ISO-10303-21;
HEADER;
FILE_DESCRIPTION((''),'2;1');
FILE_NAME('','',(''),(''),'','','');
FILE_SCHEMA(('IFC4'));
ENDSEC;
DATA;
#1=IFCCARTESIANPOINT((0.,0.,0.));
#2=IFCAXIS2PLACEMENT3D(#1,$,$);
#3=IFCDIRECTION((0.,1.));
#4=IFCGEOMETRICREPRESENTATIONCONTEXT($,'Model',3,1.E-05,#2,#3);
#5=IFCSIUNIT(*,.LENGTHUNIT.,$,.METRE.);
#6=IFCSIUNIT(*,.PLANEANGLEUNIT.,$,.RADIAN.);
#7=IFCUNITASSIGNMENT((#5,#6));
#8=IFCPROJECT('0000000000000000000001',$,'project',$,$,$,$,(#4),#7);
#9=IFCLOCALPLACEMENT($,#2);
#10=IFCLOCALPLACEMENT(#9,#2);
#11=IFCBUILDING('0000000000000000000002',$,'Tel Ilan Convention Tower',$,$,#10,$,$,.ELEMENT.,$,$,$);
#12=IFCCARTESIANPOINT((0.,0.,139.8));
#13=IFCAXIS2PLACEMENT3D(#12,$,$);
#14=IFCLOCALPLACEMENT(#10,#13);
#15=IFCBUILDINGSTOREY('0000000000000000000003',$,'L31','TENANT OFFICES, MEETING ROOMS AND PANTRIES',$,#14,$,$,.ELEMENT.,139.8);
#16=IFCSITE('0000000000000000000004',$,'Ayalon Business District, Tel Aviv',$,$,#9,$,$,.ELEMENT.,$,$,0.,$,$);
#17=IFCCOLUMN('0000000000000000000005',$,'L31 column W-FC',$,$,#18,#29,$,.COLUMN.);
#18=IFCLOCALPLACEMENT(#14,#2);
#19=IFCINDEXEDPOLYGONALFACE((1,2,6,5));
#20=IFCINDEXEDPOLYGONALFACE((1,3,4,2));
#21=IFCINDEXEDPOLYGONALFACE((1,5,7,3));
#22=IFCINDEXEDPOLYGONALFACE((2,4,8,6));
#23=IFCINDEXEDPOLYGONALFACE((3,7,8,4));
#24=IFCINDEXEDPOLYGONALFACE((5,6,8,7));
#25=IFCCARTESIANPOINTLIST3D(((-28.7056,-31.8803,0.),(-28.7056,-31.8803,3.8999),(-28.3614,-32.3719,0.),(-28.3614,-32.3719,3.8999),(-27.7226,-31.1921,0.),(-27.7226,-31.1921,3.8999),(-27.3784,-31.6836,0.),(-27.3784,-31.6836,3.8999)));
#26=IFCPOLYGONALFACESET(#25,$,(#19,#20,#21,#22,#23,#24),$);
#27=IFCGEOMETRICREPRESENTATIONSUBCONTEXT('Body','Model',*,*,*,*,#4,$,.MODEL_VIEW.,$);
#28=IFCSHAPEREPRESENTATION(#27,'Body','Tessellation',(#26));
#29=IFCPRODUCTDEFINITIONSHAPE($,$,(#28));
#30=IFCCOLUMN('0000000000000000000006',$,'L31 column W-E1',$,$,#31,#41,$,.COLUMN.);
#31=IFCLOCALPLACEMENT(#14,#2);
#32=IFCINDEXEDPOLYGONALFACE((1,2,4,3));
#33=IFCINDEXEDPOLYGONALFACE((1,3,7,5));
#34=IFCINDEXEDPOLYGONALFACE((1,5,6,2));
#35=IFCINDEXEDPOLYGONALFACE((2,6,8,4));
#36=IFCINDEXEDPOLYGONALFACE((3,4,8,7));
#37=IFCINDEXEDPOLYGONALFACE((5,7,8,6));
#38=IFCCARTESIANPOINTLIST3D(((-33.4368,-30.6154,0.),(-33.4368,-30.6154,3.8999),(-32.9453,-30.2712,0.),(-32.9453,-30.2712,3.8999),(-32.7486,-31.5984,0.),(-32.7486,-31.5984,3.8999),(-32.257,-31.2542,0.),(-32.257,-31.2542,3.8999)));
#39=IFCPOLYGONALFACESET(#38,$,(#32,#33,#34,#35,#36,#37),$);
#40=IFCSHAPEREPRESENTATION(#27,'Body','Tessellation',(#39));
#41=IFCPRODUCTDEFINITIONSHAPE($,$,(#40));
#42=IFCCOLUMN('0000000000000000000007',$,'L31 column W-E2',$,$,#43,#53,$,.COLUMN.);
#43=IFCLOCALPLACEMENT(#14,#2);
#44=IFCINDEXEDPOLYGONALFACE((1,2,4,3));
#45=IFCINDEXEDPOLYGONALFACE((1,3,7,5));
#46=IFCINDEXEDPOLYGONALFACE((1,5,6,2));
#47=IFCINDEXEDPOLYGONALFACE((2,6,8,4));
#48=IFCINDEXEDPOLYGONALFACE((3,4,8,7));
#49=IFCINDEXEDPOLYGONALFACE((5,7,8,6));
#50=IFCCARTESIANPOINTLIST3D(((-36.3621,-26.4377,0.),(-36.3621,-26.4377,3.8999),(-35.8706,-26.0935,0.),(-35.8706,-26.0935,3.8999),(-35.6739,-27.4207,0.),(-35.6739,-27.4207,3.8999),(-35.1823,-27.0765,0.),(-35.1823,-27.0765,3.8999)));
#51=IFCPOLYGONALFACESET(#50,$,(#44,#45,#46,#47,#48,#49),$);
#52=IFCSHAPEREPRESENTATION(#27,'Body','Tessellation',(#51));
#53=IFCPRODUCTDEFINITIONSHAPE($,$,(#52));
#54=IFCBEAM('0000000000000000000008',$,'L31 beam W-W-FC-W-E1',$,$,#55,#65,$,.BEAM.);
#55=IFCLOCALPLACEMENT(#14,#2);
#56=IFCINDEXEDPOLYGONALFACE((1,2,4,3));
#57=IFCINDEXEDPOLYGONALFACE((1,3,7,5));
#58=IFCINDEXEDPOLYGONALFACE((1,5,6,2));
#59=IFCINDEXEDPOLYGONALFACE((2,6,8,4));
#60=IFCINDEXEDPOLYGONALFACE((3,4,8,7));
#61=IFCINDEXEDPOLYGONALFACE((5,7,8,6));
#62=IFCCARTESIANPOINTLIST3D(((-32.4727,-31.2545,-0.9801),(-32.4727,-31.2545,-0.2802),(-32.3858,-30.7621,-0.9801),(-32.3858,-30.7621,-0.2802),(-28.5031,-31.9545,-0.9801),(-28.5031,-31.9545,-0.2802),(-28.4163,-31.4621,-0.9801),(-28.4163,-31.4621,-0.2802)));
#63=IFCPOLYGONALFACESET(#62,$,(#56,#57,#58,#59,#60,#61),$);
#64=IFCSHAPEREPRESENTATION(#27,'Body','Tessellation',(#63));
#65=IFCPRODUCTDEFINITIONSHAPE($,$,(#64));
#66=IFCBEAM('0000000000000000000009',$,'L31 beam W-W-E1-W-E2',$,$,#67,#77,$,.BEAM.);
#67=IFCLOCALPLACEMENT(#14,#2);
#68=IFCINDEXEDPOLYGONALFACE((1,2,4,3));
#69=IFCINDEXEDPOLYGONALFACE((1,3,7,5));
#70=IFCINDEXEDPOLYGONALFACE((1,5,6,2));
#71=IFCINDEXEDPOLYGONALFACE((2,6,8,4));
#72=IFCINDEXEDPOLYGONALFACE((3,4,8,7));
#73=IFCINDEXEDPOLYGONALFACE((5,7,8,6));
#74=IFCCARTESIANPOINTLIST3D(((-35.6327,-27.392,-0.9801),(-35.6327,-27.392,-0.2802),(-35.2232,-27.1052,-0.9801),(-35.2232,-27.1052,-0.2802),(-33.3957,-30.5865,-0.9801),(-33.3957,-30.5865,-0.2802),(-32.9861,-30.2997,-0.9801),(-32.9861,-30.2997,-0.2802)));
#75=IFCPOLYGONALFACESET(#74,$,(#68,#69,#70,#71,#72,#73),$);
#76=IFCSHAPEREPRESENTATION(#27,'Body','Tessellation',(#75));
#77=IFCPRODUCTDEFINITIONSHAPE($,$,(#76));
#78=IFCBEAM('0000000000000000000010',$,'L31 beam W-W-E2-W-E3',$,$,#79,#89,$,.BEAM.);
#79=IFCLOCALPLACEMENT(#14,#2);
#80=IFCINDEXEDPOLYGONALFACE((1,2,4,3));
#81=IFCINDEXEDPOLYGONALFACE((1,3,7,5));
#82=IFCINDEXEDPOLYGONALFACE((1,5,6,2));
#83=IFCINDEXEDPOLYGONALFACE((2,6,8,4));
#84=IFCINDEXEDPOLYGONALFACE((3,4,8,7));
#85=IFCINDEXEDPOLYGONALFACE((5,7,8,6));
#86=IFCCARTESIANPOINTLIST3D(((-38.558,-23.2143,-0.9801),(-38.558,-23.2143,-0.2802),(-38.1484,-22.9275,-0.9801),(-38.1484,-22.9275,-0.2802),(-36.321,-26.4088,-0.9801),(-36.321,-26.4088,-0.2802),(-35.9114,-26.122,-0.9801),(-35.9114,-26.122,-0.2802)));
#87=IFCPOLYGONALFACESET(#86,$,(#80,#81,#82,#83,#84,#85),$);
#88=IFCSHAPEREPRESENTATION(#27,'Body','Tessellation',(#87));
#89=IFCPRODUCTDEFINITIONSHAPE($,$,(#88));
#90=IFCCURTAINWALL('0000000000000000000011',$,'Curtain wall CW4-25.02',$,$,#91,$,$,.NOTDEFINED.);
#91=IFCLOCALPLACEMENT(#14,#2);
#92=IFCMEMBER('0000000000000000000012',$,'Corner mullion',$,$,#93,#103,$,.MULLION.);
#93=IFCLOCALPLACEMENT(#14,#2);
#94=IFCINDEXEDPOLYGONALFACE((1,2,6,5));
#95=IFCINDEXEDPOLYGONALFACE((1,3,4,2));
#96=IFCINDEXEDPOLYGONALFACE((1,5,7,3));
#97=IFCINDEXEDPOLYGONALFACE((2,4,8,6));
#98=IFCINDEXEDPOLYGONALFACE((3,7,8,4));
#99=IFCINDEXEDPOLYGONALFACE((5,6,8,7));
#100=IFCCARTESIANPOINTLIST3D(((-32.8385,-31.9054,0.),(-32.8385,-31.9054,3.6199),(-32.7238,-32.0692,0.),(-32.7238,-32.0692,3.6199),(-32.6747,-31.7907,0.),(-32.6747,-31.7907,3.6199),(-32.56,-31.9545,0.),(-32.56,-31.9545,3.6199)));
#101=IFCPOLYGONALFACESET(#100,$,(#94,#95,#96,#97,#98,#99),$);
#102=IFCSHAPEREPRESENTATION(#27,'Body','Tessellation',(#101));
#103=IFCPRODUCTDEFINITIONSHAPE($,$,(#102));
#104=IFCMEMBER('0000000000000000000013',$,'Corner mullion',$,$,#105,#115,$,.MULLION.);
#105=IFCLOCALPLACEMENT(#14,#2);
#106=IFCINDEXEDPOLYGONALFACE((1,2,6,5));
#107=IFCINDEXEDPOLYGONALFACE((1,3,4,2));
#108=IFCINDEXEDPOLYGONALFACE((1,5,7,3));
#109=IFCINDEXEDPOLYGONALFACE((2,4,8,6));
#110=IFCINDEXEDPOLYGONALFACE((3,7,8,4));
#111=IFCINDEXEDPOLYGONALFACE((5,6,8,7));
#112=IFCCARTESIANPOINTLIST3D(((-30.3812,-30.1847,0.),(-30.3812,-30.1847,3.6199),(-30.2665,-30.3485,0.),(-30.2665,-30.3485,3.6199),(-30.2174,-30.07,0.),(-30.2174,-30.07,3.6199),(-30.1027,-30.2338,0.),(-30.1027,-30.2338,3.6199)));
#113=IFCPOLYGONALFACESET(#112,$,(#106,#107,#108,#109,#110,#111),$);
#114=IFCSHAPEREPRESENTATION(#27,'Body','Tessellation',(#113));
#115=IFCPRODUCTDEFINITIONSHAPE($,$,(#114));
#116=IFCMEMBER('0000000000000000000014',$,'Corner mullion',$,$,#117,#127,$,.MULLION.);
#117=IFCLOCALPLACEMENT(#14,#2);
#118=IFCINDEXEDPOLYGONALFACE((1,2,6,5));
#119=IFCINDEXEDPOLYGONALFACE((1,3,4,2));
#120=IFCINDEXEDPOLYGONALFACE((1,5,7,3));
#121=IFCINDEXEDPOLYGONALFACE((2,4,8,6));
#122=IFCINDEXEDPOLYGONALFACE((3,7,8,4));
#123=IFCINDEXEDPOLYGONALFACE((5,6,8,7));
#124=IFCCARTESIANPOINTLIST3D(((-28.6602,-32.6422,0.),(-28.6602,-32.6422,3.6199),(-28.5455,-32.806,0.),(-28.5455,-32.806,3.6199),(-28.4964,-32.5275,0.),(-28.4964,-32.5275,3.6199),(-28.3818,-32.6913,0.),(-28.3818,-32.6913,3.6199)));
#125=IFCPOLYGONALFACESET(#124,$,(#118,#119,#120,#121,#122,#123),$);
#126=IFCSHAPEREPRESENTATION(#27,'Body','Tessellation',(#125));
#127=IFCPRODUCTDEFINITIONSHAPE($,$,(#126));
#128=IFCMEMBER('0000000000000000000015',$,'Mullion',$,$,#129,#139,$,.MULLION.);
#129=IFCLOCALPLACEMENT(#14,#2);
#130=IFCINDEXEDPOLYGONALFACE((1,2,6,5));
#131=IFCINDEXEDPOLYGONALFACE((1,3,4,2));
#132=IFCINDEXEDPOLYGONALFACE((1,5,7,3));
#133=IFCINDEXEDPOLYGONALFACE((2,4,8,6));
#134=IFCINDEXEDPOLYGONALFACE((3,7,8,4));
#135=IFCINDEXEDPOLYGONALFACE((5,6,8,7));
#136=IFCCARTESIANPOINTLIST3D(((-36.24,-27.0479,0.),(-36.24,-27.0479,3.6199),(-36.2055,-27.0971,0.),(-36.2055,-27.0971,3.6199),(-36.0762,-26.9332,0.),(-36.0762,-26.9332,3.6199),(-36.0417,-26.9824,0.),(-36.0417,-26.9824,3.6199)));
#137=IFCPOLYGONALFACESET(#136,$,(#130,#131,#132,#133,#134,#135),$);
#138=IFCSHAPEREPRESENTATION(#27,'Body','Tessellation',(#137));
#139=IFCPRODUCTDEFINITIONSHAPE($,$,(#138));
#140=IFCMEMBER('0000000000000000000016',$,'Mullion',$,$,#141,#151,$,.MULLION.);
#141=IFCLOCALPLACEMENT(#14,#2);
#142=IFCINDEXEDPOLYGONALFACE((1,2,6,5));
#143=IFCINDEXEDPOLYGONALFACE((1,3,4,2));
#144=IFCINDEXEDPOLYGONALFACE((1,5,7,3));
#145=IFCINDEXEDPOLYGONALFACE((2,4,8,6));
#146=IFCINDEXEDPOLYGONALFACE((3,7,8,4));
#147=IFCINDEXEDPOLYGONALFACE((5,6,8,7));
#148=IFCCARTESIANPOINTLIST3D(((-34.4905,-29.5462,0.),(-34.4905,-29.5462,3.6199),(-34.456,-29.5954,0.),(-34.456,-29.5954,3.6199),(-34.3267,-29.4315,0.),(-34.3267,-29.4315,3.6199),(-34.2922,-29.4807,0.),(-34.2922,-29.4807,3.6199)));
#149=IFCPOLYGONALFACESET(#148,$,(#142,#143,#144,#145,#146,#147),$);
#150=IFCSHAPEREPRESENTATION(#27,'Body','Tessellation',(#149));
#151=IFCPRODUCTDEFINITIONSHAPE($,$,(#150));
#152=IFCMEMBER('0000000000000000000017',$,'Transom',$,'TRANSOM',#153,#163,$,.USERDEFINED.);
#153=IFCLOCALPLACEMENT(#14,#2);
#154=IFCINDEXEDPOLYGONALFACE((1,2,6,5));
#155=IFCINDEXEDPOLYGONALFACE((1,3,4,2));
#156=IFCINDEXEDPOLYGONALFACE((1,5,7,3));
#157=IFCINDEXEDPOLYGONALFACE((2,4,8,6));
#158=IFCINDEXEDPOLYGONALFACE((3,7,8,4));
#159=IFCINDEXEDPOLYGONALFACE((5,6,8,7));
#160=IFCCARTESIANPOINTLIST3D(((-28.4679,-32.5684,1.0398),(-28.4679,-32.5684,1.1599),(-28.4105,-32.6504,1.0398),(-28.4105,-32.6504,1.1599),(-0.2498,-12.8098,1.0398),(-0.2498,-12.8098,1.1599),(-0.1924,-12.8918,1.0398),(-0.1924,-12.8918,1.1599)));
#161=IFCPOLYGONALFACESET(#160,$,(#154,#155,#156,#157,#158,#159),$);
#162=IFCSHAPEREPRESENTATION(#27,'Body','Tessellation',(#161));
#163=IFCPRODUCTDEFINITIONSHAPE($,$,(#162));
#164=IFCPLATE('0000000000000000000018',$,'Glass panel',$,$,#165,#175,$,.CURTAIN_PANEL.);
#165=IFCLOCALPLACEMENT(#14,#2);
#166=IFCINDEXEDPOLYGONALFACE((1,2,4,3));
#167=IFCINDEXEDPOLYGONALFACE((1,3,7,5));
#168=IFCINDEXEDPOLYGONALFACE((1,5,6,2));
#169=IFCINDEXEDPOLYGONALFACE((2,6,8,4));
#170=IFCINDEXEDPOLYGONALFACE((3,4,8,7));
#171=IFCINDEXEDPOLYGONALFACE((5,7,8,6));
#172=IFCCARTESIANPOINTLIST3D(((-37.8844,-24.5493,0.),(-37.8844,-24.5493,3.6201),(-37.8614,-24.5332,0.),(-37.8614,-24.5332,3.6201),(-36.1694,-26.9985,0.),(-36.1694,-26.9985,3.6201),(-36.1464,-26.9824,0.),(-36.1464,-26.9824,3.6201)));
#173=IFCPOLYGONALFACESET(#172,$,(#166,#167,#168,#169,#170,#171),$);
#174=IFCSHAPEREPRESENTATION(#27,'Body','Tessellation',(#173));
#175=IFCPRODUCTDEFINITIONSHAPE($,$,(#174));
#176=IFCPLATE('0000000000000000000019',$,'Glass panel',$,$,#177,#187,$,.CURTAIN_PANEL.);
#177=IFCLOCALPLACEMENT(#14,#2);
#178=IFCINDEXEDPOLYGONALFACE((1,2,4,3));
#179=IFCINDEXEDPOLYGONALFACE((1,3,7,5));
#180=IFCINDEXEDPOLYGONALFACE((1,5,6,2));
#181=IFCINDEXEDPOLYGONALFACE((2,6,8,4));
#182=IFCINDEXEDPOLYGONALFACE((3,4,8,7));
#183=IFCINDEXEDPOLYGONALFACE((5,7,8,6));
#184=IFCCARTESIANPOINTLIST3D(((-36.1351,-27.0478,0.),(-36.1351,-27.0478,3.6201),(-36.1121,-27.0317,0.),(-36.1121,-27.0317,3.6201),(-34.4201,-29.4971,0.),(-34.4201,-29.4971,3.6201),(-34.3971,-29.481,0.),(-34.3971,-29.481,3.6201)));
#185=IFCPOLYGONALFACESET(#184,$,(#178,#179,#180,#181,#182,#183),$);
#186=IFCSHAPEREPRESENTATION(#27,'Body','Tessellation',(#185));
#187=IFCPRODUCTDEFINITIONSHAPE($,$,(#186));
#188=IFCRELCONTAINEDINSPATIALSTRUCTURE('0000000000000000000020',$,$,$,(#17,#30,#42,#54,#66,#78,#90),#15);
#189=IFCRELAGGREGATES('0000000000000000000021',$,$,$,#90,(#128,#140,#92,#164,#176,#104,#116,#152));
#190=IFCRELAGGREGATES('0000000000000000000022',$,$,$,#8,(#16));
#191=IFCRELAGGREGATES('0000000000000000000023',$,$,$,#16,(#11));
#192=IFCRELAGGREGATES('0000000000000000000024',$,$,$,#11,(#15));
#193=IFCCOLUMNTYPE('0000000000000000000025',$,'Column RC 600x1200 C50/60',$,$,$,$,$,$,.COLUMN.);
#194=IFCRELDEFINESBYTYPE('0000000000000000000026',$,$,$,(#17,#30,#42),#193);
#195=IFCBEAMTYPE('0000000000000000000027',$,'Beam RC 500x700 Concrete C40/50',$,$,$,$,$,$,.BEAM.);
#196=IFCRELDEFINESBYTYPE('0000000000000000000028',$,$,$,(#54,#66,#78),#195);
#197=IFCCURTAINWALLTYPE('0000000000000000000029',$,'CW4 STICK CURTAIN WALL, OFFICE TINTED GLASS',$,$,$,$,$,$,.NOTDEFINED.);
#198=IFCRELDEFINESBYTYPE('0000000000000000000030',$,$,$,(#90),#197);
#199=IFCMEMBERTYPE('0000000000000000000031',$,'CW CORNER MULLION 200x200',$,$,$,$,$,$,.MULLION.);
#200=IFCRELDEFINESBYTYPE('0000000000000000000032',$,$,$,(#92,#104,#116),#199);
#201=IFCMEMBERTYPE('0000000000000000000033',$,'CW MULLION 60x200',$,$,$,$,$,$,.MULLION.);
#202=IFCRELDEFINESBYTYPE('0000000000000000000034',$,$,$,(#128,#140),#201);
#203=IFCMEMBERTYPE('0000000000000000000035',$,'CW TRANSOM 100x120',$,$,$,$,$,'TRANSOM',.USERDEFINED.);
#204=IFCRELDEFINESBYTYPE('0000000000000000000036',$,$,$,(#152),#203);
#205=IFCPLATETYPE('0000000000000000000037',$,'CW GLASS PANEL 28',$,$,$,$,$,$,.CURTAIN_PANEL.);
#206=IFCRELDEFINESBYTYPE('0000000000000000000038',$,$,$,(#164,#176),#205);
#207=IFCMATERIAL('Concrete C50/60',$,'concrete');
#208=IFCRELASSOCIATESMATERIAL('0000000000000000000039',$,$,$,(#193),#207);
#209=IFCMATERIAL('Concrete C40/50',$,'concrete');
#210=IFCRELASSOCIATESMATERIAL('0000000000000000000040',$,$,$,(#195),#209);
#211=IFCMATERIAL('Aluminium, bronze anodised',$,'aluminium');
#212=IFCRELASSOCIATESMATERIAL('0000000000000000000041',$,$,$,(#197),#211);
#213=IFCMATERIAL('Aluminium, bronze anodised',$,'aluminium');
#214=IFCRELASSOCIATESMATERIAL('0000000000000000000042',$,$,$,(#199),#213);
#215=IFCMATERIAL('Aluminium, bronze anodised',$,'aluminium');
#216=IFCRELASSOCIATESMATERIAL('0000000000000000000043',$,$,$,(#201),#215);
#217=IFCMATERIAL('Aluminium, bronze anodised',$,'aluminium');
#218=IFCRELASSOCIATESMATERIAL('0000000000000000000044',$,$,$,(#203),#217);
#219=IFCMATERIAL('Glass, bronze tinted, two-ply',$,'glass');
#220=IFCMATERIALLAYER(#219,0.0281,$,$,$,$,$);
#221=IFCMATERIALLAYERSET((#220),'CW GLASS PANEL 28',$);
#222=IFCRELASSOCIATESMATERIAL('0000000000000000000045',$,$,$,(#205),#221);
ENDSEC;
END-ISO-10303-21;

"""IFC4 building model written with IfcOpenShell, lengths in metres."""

from ifc_helpers import new_model, si_unit, direction, frame, origin, origin_2d, place, context, subcontext, project, spatial, rectangle, extrude, material, layer, layer_set, material_profile, profile_set, type_object, element, aggregate, save


model = new_model("IFC4")

# Units and contexts
model_context = context("Model", 3, precision=1e-05, world=origin(), true_north=direction((0.0, 1.0)))
body_context = subcontext(model_context, "Body", "Model", "MODEL_VIEW")
ifc_project = project(units=[si_unit("LENGTHUNIT", "METRE"), si_unit("PLANEANGLEUNIT", "RADIAN")], contexts=[model_context])

# Site, building, storey
site_placement = place(None, origin())
site = spatial("IfcSite", under=ifc_project, at=site_placement, Name="Ayalon Business District, Tel Aviv", CompositionType="ELEMENT", RefElevation=0.0)
building_placement = place(site_placement, origin())
building = spatial("IfcBuilding", under=site, at=building_placement, Name="Tel Ilan Convention Tower", CompositionType="ELEMENT")
storey_placement = place(building_placement, frame((0.0, 0.0, 139.8)))
storey = spatial("IfcBuildingStorey", under=building, at=storey_placement, Name="L31", Description="TENANT OFFICES, MEETING ROOMS AND PANTRIES", CompositionType="ELEMENT", Elevation=139.8)

# Columns
ifc_material_1 = material(Name="Concrete C50/60", Category="concrete")
ifc_material_profile_1 = material_profile(ifc_material_1, rectangle(XDim=1.2, YDim=0.6001, at=origin_2d()), Name="RC 600x1200")
ifc_profile_set_1 = profile_set([ifc_material_profile_1], Name="Concrete C50/60")
column_type = type_object("IfcColumnType", Name="Column RC 600x1200 C50/60", PredefinedType="COLUMN", material=ifc_profile_set_1)
for number, where, z_axis, x_axis, name in (
    (1, (-28.042, -31.782, 0.0), (0.0, 0.0, 1.0), (-0.819152, -0.573576, 0.0), "L31 column W-FC"),
    (2, (-32.8469, -30.9348, 0.0), (0.0, 0.0, 1.0), (-0.573576, 0.819152, 0.0), "L31 column W-E1"),
    (3, (-35.7722, -26.7571, 0.0), (0.0, 0.0, 1.0), (-0.573576, 0.819152, 0.0), "L31 column W-E2"),
):
    element("IfcColumn", number, at=place(storey_placement, frame(where, z_axis=z_axis, x_axis=x_axis)), inside=storey, type_object=column_type, Name=name, PredefinedType="COLUMN", context=body_context, shape_type="SweptSolid", body=[
        extrude(rectangle(XDim=1.2, YDim=0.6001, at=origin_2d()), origin(), (0.0, 0.0, 1.0), 3.8999),
    ])

# Beams
ifc_material_2 = material(Name="Concrete C40/50", Category="concrete")
ifc_material_profile_2 = material_profile(ifc_material_2, rectangle(XDim=0.5, YDim=0.7, at=origin_2d()), Name="RC 500x700")
ifc_profile_set_2 = profile_set([ifc_material_profile_2], Name="Concrete C40/50")
beam_type = type_object("IfcBeamType", Name="Beam RC 500x700 Concrete C40/50", PredefinedType="BEAM", material=ifc_profile_set_2)
beam_placement = place(storey_placement, frame((-28.4597, -31.7083, -0.6301), z_axis=(-0.984807, 0.173654, 0.0), x_axis=(-0.173654, -0.984807, 0.0)))
element("IfcBeam", 4, at=beam_placement, inside=storey, type_object=beam_type, Name="L31 beam W-W-FC-W-E1", PredefinedType="BEAM", context=body_context, shape_type="SweptSolid", body=[
    extrude(rectangle(XDim=0.5, YDim=0.7, at=origin_2d()), origin(), (0.0, 0.0, 1.0), 4.0308),
])
for number, where, z_axis, x_axis, name in (
    (5, (-33.1909, -30.4431, -0.6301), (-0.573609, 0.819129, 0.0), (-0.819129, -0.573609, 0.0), "L31 beam W-W-E1-W-E2"),
    (6, (-36.1162, -26.2654, -0.6301), (-0.573609, 0.819129, 0.0), (-0.819129, -0.573609, 0.0), "L31 beam W-W-E2-W-E3"),
):
    element("IfcBeam", number, at=place(storey_placement, frame(where, z_axis=z_axis, x_axis=x_axis)), inside=storey, type_object=beam_type, Name=name, PredefinedType="BEAM", context=body_context, shape_type="SweptSolid", body=[
        extrude(rectangle(XDim=0.5, YDim=0.7, at=origin_2d()), origin(), (0.0, 0.0, 1.0), 3.8999),
    ])

# Curtain wall, members, plates
ifc_material_3 = material(Name="Aluminium, bronze anodised", Category="aluminium")
curtain_wall_type = type_object("IfcCurtainWallType", Name="CW4 STICK CURTAIN WALL, OFFICE TINTED GLASS", PredefinedType="NOTDEFINED", material=ifc_material_3)
curtain_wall_placement = place(storey_placement, origin())
curtain_wall = element("IfcCurtainWall", 7, at=curtain_wall_placement, inside=storey, type_object=curtain_wall_type, Name="Curtain wall CW4-25.02", PredefinedType="NOTDEFINED")
ifc_material_4 = material(Name="Aluminium, bronze anodised", Category="aluminium")
ifc_material_profile_3 = material_profile(ifc_material_4, rectangle(XDim=0.2, YDim=0.2, at=origin_2d()), Name="CW CORNER MULLION 200x200")
ifc_profile_set_3 = profile_set([ifc_material_profile_3], Name="Aluminium, bronze anodised")
member_type_1 = type_object("IfcMemberType", Name="CW CORNER MULLION 200x200", PredefinedType="MULLION", material=ifc_profile_set_3)
member_1_placement = place(storey_placement, frame((-32.6992, -31.9299, 0.0), z_axis=(0.0, 0.0, 1.0), x_axis=(0.573576, -0.819152, 0.0)))
member_1 = element("IfcMember", 8, at=member_1_placement, type_object=member_type_1, Name="Corner mullion", PredefinedType="MULLION", context=body_context, shape_type="SweptSolid", body=[
    extrude(rectangle(XDim=0.2, YDim=0.2, at=origin_2d()), origin(), (0.0, 0.0, 1.0), 3.6199),
])
member_2_placement = place(storey_placement, frame((-30.2419, -30.2092, 0.0), z_axis=(0.0, 0.0, 1.0), x_axis=(0.819152, 0.573576, 0.0)))
member_2 = element("IfcMember", 9, at=member_2_placement, type_object=member_type_1, Name="Corner mullion", PredefinedType="MULLION", context=body_context, shape_type="SweptSolid", body=[
    extrude(rectangle(XDim=0.2, YDim=0.2, at=origin_2d()), origin(), (0.0, 0.0, 1.0), 3.6199),
])
member_3_placement = place(storey_placement, frame((-28.521, -32.6667, 0.0), z_axis=(0.0, 0.0, 1.0), x_axis=(0.573576, -0.819152, 0.0)))
member_3 = element("IfcMember", 10, at=member_3_placement, type_object=member_type_1, Name="Corner mullion", PredefinedType="MULLION", context=body_context, shape_type="SweptSolid", body=[
    extrude(rectangle(XDim=0.2, YDim=0.2, at=origin_2d()), origin(), (0.0, 0.0, 1.0), 3.6199),
])
ifc_material_5 = material(Name="Aluminium, bronze anodised", Category="aluminium")
ifc_material_profile_4 = material_profile(ifc_material_5, rectangle(XDim=0.0601, YDim=0.2, at=origin_2d()), Name="CW MULLION 60x200")
ifc_profile_set_4 = profile_set([ifc_material_profile_4], Name="Aluminium, bronze anodised")
member_type_2 = type_object("IfcMemberType", Name="CW MULLION 60x200", PredefinedType="MULLION", material=ifc_profile_set_4)
member_4_placement = place(storey_placement, frame((-36.1409, -27.0151, 0.0), z_axis=(0.0, 0.0, 1.0), x_axis=(0.573576, -0.819152, 0.0)))
member_4 = element("IfcMember", 11, at=member_4_placement, type_object=member_type_2, Name="Mullion", PredefinedType="MULLION", context=body_context, shape_type="SweptSolid", body=[
    extrude(rectangle(XDim=0.0601, YDim=0.2, at=origin_2d()), origin(), (0.0, 0.0, 1.0), 3.6199),
])
member_5_placement = place(storey_placement, frame((-34.3914, -29.5134, 0.0), z_axis=(0.0, 0.0, 1.0), x_axis=(0.573576, -0.819152, 0.0)))
member_5 = element("IfcMember", 12, at=member_5_placement, type_object=member_type_2, Name="Mullion", PredefinedType="MULLION", context=body_context, shape_type="SweptSolid", body=[
    extrude(rectangle(XDim=0.0601, YDim=0.2, at=origin_2d()), origin(), (0.0, 0.0, 1.0), 3.6199),
])
ifc_material_6 = material(Name="Aluminium, bronze anodised", Category="aluminium")
ifc_material_profile_5 = material_profile(ifc_material_6, rectangle(XDim=0.1001, YDim=0.1201, at=origin_2d()), Name="CW TRANSOM 100x120")
ifc_profile_set_5 = profile_set([ifc_material_profile_5], Name="Aluminium, bronze anodised")
member_type_3 = type_object("IfcMemberType", Name="CW TRANSOM 100x120", ElementType="TRANSOM", PredefinedType="USERDEFINED", material=ifc_profile_set_5)
member_6_placement = place(storey_placement, frame((-28.4392, -32.6094, 1.0999), z_axis=(0.819151, 0.573578, 0.0), x_axis=(-0.573578, 0.819151, 0.0)))
member_6 = element("IfcMember", 13, at=member_6_placement, type_object=member_type_3, Name="Transom", ObjectType="TRANSOM", PredefinedType="USERDEFINED", context=body_context, shape_type="SweptSolid", body=[
    extrude(rectangle(XDim=0.1001, YDim=0.1201, at=origin_2d()), origin(), (0.0, 0.0, 1.0), 34.448),
])
ifc_material_7 = material(Name="Glass, bronze tinted, two-ply", Category="glass")
ifc_layer_1 = layer(ifc_material_7, 0.0281)
ifc_layer_set_1 = layer_set([ifc_layer_1], Name="CW GLASS PANEL 28")
plate_type = type_object("IfcPlateType", Name="CW GLASS PANEL 28", PredefinedType="CURTAIN_PANEL", material=ifc_layer_set_1)
plate_1_placement = place(storey_placement, frame((-37.0154, -25.7659, 0.0), z_axis=(0.0, 0.0, 1.0), x_axis=(0.573576, -0.819152, 0.0)))
plate_1 = element("IfcPlate", 14, at=plate_1_placement, type_object=plate_type, Name="Glass panel", PredefinedType="CURTAIN_PANEL", context=body_context, shape_type="SweptSolid", body=[
    extrude(rectangle(XDim=2.99, YDim=0.0281, at=origin_2d()), origin(), (0.0, 0.0, 1.0), 3.6201),
])
plate_2_placement = place(storey_placement, frame((-35.2661, -28.2644, 0.0), z_axis=(0.0, 0.0, 1.0), x_axis=(0.573576, -0.819152, 0.0)))
plate_2 = element("IfcPlate", 15, at=plate_2_placement, type_object=plate_type, Name="Glass panel", PredefinedType="CURTAIN_PANEL", context=body_context, shape_type="SweptSolid", body=[
    extrude(rectangle(XDim=2.99, YDim=0.0281, at=origin_2d()), origin(), (0.0, 0.0, 1.0), 3.6201),
])
aggregate(curtain_wall, [member_4, member_5, member_1, plate_1, plate_2, member_2, member_3, member_6])

save(model, "model.ifc")
